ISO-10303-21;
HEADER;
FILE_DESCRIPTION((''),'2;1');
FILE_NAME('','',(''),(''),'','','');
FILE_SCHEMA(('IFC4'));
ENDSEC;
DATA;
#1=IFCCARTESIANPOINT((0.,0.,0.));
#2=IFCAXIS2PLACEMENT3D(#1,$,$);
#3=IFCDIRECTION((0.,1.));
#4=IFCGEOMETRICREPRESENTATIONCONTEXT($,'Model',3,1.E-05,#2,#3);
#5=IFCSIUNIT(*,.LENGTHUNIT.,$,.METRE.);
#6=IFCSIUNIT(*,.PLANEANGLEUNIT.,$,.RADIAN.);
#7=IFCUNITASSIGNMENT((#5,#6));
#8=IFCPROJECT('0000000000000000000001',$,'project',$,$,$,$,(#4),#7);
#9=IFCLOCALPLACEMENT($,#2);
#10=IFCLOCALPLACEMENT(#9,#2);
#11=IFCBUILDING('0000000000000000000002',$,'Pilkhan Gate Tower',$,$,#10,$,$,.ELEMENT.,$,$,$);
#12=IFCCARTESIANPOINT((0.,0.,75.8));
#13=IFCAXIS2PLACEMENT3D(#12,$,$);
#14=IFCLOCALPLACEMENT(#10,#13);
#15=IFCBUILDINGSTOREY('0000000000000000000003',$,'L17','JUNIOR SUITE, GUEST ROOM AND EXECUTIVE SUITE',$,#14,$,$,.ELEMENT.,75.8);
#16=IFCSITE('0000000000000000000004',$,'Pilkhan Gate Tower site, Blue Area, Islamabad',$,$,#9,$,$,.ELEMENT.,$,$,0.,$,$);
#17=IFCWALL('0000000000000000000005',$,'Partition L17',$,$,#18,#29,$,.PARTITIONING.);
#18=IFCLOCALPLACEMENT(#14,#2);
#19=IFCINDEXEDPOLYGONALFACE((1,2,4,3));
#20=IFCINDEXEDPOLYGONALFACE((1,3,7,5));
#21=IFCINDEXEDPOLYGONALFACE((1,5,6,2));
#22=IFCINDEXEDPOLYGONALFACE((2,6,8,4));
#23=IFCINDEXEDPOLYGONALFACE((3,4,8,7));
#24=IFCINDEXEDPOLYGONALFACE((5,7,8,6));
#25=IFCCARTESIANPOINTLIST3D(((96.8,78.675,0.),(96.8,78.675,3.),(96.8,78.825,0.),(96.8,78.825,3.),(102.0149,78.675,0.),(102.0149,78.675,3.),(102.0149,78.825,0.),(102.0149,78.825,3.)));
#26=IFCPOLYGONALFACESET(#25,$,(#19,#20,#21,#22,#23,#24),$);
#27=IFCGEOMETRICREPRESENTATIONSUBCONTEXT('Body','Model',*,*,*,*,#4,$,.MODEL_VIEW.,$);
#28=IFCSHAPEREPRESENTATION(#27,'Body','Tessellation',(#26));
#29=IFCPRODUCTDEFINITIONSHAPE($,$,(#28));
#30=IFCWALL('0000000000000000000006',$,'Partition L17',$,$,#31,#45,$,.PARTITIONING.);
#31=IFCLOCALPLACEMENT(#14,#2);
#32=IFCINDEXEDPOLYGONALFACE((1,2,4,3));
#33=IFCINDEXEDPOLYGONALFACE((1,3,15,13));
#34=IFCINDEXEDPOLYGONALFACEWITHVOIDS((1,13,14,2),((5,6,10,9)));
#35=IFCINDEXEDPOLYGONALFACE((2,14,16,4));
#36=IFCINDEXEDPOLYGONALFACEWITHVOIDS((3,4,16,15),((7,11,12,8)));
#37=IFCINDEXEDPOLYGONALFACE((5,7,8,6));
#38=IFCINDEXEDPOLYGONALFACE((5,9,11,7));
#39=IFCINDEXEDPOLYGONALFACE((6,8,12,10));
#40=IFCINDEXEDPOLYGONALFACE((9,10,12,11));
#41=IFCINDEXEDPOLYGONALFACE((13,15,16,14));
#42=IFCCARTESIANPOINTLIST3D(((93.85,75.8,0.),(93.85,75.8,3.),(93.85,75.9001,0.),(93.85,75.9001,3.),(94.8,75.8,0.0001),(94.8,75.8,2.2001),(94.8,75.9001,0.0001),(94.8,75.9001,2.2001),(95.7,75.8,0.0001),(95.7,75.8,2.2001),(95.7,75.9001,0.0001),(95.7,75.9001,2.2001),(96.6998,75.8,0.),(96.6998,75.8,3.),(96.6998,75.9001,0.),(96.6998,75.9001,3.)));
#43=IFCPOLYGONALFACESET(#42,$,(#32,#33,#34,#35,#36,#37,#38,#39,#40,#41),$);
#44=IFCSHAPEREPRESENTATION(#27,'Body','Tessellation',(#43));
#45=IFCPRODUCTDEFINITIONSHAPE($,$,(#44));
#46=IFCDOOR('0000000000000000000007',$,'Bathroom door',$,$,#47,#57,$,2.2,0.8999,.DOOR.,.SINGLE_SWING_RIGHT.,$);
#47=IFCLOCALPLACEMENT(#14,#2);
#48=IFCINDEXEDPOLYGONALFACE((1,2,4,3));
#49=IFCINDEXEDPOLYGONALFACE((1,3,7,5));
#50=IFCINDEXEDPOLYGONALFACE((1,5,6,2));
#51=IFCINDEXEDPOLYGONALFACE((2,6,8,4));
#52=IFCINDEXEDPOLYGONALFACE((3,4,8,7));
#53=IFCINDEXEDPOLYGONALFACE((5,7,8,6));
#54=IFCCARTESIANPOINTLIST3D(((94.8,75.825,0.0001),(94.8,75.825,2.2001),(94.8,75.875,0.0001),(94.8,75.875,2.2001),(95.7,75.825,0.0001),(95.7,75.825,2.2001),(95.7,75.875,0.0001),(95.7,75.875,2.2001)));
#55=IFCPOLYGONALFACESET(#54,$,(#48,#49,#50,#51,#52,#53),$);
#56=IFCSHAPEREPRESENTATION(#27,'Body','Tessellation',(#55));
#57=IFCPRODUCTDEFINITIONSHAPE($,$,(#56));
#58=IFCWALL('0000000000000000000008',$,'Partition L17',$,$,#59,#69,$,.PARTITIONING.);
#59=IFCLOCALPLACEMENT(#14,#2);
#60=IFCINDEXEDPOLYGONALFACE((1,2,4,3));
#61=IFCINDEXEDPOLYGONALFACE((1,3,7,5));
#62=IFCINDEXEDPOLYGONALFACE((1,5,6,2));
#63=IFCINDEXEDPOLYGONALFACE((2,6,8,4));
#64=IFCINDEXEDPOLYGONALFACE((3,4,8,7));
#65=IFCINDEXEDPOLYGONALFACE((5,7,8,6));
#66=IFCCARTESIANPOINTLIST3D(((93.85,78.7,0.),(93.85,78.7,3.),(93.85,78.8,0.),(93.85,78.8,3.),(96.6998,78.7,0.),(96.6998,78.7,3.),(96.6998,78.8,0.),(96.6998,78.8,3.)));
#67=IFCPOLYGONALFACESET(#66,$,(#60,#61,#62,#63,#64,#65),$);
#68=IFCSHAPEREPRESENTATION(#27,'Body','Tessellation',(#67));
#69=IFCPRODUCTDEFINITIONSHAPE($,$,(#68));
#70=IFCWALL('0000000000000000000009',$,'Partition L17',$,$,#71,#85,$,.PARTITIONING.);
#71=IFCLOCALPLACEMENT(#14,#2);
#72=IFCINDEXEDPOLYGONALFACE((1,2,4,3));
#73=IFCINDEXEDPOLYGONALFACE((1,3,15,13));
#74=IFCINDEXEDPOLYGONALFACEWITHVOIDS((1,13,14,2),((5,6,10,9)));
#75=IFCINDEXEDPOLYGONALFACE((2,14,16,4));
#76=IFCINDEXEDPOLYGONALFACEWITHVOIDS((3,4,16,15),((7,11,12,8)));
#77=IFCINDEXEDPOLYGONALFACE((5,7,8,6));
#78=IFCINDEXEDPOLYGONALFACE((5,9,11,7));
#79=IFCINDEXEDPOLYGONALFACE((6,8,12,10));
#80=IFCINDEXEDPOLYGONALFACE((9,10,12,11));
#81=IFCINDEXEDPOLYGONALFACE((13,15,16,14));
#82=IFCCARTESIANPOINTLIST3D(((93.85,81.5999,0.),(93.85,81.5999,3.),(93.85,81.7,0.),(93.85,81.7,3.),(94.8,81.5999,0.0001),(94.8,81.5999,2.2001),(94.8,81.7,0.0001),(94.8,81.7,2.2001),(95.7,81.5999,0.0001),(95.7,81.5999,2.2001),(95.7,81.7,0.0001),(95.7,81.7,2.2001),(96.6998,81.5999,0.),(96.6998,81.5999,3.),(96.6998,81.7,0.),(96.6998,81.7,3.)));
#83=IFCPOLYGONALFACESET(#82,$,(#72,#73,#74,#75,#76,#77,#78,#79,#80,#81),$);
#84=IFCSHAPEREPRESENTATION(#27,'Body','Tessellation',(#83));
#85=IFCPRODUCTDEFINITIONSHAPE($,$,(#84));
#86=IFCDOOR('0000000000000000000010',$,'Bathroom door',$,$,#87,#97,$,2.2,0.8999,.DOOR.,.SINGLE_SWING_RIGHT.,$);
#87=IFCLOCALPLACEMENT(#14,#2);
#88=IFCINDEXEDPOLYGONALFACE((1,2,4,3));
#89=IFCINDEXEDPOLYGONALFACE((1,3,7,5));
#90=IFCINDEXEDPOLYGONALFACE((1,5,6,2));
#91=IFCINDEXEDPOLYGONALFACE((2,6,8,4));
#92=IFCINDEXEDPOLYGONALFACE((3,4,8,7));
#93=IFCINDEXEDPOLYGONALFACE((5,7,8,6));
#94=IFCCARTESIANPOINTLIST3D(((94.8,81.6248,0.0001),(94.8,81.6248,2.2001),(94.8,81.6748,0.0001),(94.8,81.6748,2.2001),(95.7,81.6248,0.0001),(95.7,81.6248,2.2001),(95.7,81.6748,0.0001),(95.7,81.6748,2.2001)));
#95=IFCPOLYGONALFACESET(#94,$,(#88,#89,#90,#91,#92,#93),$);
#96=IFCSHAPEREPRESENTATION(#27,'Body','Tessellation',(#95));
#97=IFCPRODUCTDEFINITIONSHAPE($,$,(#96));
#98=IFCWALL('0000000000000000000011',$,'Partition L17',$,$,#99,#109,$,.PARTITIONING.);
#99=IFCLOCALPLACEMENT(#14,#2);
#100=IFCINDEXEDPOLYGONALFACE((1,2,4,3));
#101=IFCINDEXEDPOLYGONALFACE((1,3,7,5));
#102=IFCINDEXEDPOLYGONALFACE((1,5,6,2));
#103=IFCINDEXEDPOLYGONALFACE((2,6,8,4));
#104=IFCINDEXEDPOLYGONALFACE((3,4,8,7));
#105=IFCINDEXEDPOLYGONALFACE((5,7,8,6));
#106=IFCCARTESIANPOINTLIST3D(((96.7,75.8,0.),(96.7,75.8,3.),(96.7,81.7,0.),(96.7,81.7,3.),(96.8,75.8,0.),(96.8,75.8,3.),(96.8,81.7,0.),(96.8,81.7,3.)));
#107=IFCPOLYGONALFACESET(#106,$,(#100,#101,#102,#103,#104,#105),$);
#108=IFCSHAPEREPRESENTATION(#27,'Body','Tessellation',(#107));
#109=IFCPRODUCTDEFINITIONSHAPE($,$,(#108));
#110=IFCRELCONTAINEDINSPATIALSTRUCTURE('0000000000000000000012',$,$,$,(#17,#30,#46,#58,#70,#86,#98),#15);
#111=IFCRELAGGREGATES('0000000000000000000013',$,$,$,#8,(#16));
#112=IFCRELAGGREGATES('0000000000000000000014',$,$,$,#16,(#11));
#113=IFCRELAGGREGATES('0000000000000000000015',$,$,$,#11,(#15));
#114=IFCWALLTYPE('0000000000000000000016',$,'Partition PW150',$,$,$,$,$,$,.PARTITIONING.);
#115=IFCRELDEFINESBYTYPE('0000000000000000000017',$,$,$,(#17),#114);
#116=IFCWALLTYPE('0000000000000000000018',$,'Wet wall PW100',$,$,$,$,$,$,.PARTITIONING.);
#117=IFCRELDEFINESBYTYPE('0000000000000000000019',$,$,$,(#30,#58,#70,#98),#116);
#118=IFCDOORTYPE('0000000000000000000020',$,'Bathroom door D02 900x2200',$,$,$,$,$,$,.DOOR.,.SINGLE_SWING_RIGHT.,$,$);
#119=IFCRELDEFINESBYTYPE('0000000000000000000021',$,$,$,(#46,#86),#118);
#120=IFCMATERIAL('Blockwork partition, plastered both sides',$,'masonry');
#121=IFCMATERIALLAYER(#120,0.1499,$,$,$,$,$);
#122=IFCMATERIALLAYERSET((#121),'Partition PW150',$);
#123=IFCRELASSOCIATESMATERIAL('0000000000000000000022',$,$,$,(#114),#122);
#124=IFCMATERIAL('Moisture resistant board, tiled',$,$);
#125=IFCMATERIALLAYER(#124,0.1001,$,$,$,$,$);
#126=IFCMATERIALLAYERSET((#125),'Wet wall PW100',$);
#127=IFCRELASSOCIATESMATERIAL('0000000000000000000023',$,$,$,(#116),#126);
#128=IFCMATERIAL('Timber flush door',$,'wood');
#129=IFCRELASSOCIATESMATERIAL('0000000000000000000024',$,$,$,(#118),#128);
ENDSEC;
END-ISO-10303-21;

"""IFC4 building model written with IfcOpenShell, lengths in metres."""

from ifc_helpers import new_model, si_unit, direction, frame, frame_2d, origin, place, context, subcontext, project, spatial, rectangle, extrude, material, layer, layer_set, type_object, element, fill, save


model = new_model("IFC4")

# Units and contexts
model_context = context("Model", 3, precision=1e-05, world=origin(), true_north=direction((0.0, 1.0)))
body_context = subcontext(model_context, "Body", "Model", "MODEL_VIEW")
ifc_project = project(units=[si_unit("LENGTHUNIT", "METRE"), si_unit("PLANEANGLEUNIT", "RADIAN")], contexts=[model_context])

# Site, building, storey
site_placement = place(None, origin())
site = spatial("IfcSite", under=ifc_project, at=site_placement, Name="Pilkhan Gate Tower site, Blue Area, Islamabad", CompositionType="ELEMENT", RefElevation=0.0)
building_placement = place(site_placement, origin())
building = spatial("IfcBuilding", under=site, at=building_placement, Name="Pilkhan Gate Tower", CompositionType="ELEMENT")
storey_placement = place(building_placement, frame((0.0, 0.0, 75.8)))
storey = spatial("IfcBuildingStorey", under=building, at=storey_placement, Name="L17", Description="JUNIOR SUITE, GUEST ROOM AND EXECUTIVE SUITE", CompositionType="ELEMENT", Elevation=75.8)

# Wall
ifc_material_1 = material(Name="Blockwork partition, plastered both sides", Category="masonry")
ifc_layer_1 = layer(ifc_material_1, 0.1499)
ifc_layer_set_1 = layer_set([ifc_layer_1], Name="Partition PW150")
wall_type_1 = type_object("IfcWallType", Name="Partition PW150", PredefinedType="PARTITIONING", material=ifc_layer_set_1)
wall_1_placement = place(storey_placement, frame((96.8, 78.75, 0.0), z_axis=(0.0, 0.0, 1.0), x_axis=(1.0, 0.0, 0.0)))
element("IfcWall", 1, at=wall_1_placement, inside=storey, type_object=wall_type_1, Name="Partition L17", PredefinedType="PARTITIONING", context=body_context, shape_type="SweptSolid", body=[
    extrude(rectangle(XDim=5.2148, YDim=0.1499, at=frame_2d((2.6074, 0.0))), origin(), (0.0, 0.0, 1.0), 3.0),
])

# Wall, opening, door
ifc_material_2 = material(Name="Moisture resistant board, tiled")
ifc_layer_2 = layer(ifc_material_2, 0.1001)
ifc_layer_set_2 = layer_set([ifc_layer_2], Name="Wet wall PW100")
wall_type_2 = type_object("IfcWallType", Name="Wet wall PW100", PredefinedType="PARTITIONING", material=ifc_layer_set_2)
wall_2_placement = place(storey_placement, frame((93.8501, 75.8501, 0.0), z_axis=(0.0, 0.0, 1.0), x_axis=(1.0, 0.0, 0.0)))
wall_2 = element("IfcWall", 2, at=wall_2_placement, inside=storey, type_object=wall_type_2, Name="Partition L17", PredefinedType="PARTITIONING", context=body_context, shape_type="SweptSolid", body=[
    extrude(rectangle(XDim=2.8499, YDim=0.1001, at=frame_2d((1.4248, 0.0))), origin(), (0.0, 0.0, 1.0), 3.0),
])
opening_1_placement = place(wall_2_placement, frame((0.95, 0.0, 0.0)))
opening_1 = element("IfcOpeningElement", 3, at=opening_1_placement, cuts=wall_2, PredefinedType="OPENING", context=body_context, shape_type="SweptSolid", body=[
    extrude(rectangle(XDim=0.8999, YDim=2.2, at=frame_2d((0.45, 1.1001))), frame((0.0, 0.0601, 0.0), z_axis=(0.0, -1.0, 0.0), x_axis=(1.0, 0.0, 0.0)), (0.0, 0.0, 1.0), 0.1201),
])
ifc_material_3 = material(Name="Timber flush door", Category="wood")
door_type_1 = type_object("IfcDoorType", Name="Bathroom door D02 900x2200", OperationType="SINGLE_SWING_RIGHT", PredefinedType="DOOR", material=ifc_material_3)
door_1_placement = place(opening_1_placement, origin())
door_1 = element("IfcDoor", 4, at=door_1_placement, inside=storey, type_object=door_type_1, Name="Bathroom door", OperationType="SINGLE_SWING_RIGHT", OverallHeight=2.2, OverallWidth=0.8999, PredefinedType="DOOR", context=body_context, shape_type="SweptSolid", body=[
    extrude(rectangle(XDim=0.8999, YDim=2.2, at=frame_2d((0.45, 1.1001))), frame((0.0, 0.0249, 0.0), z_axis=(0.0, -1.0, 0.0), x_axis=(1.0, 0.0, 0.0)), (0.0, 0.0, 1.0), 0.05),
])
fill(opening_1, door_1)

# Wall
wall_3_placement = place(storey_placement, frame((93.8501, 78.75, 0.0), z_axis=(0.0, 0.0, 1.0), x_axis=(1.0, 0.0, 0.0)))
element("IfcWall", 5, at=wall_3_placement, inside=storey, type_object=wall_type_2, Name="Partition L17", PredefinedType="PARTITIONING", context=body_context, shape_type="SweptSolid", body=[
    extrude(rectangle(XDim=2.8499, YDim=0.1001, at=frame_2d((1.4248, 0.0))), origin(), (0.0, 0.0, 1.0), 3.0),
])

# Wall, opening, door
wall_4_placement = place(storey_placement, frame((93.8501, 81.6499, 0.0), z_axis=(0.0, 0.0, 1.0), x_axis=(1.0, 0.0, 0.0)))
wall_4 = element("IfcWall", 6, at=wall_4_placement, inside=storey, type_object=wall_type_2, Name="Partition L17", PredefinedType="PARTITIONING", context=body_context, shape_type="SweptSolid", body=[
    extrude(rectangle(XDim=2.8499, YDim=0.1001, at=frame_2d((1.4248, 0.0))), origin(), (0.0, 0.0, 1.0), 3.0),
])
opening_2_placement = place(wall_4_placement, frame((0.95, 0.0, 0.0)))
opening_2 = element("IfcOpeningElement", 7, at=opening_2_placement, cuts=wall_4, PredefinedType="OPENING", context=body_context, shape_type="SweptSolid", body=[
    extrude(rectangle(XDim=0.8999, YDim=2.2, at=frame_2d((0.45, 1.1001))), frame((0.0, 0.0601, 0.0), z_axis=(0.0, -1.0, 0.0), x_axis=(1.0, 0.0, 0.0)), (0.0, 0.0, 1.0), 0.1201),
])
door_2_placement = place(opening_2_placement, origin())
door_2 = element("IfcDoor", 8, at=door_2_placement, inside=storey, type_object=door_type_1, Name="Bathroom door", OperationType="SINGLE_SWING_RIGHT", OverallHeight=2.2, OverallWidth=0.8999, PredefinedType="DOOR", context=body_context, shape_type="SweptSolid", body=[
    extrude(rectangle(XDim=0.8999, YDim=2.2, at=frame_2d((0.45, 1.1001))), frame((0.0, 0.0249, 0.0), z_axis=(0.0, -1.0, 0.0), x_axis=(1.0, 0.0, 0.0)), (0.0, 0.0, 1.0), 0.05),
])
fill(opening_2, door_2)

# Wall
wall_5_placement = place(storey_placement, frame((96.75, 75.8, 0.0), z_axis=(0.0, 0.0, 1.0), x_axis=(0.0, 1.0, 0.0)))
element("IfcWall", 9, at=wall_5_placement, inside=storey, type_object=wall_type_2, Name="Partition L17", PredefinedType="PARTITIONING", context=body_context, shape_type="SweptSolid", body=[
    extrude(rectangle(XDim=5.8999, YDim=0.1001, at=frame_2d((2.95, 0.0))), origin(), (0.0, 0.0, 1.0), 3.0),
])

save(model, "model.ifc")
